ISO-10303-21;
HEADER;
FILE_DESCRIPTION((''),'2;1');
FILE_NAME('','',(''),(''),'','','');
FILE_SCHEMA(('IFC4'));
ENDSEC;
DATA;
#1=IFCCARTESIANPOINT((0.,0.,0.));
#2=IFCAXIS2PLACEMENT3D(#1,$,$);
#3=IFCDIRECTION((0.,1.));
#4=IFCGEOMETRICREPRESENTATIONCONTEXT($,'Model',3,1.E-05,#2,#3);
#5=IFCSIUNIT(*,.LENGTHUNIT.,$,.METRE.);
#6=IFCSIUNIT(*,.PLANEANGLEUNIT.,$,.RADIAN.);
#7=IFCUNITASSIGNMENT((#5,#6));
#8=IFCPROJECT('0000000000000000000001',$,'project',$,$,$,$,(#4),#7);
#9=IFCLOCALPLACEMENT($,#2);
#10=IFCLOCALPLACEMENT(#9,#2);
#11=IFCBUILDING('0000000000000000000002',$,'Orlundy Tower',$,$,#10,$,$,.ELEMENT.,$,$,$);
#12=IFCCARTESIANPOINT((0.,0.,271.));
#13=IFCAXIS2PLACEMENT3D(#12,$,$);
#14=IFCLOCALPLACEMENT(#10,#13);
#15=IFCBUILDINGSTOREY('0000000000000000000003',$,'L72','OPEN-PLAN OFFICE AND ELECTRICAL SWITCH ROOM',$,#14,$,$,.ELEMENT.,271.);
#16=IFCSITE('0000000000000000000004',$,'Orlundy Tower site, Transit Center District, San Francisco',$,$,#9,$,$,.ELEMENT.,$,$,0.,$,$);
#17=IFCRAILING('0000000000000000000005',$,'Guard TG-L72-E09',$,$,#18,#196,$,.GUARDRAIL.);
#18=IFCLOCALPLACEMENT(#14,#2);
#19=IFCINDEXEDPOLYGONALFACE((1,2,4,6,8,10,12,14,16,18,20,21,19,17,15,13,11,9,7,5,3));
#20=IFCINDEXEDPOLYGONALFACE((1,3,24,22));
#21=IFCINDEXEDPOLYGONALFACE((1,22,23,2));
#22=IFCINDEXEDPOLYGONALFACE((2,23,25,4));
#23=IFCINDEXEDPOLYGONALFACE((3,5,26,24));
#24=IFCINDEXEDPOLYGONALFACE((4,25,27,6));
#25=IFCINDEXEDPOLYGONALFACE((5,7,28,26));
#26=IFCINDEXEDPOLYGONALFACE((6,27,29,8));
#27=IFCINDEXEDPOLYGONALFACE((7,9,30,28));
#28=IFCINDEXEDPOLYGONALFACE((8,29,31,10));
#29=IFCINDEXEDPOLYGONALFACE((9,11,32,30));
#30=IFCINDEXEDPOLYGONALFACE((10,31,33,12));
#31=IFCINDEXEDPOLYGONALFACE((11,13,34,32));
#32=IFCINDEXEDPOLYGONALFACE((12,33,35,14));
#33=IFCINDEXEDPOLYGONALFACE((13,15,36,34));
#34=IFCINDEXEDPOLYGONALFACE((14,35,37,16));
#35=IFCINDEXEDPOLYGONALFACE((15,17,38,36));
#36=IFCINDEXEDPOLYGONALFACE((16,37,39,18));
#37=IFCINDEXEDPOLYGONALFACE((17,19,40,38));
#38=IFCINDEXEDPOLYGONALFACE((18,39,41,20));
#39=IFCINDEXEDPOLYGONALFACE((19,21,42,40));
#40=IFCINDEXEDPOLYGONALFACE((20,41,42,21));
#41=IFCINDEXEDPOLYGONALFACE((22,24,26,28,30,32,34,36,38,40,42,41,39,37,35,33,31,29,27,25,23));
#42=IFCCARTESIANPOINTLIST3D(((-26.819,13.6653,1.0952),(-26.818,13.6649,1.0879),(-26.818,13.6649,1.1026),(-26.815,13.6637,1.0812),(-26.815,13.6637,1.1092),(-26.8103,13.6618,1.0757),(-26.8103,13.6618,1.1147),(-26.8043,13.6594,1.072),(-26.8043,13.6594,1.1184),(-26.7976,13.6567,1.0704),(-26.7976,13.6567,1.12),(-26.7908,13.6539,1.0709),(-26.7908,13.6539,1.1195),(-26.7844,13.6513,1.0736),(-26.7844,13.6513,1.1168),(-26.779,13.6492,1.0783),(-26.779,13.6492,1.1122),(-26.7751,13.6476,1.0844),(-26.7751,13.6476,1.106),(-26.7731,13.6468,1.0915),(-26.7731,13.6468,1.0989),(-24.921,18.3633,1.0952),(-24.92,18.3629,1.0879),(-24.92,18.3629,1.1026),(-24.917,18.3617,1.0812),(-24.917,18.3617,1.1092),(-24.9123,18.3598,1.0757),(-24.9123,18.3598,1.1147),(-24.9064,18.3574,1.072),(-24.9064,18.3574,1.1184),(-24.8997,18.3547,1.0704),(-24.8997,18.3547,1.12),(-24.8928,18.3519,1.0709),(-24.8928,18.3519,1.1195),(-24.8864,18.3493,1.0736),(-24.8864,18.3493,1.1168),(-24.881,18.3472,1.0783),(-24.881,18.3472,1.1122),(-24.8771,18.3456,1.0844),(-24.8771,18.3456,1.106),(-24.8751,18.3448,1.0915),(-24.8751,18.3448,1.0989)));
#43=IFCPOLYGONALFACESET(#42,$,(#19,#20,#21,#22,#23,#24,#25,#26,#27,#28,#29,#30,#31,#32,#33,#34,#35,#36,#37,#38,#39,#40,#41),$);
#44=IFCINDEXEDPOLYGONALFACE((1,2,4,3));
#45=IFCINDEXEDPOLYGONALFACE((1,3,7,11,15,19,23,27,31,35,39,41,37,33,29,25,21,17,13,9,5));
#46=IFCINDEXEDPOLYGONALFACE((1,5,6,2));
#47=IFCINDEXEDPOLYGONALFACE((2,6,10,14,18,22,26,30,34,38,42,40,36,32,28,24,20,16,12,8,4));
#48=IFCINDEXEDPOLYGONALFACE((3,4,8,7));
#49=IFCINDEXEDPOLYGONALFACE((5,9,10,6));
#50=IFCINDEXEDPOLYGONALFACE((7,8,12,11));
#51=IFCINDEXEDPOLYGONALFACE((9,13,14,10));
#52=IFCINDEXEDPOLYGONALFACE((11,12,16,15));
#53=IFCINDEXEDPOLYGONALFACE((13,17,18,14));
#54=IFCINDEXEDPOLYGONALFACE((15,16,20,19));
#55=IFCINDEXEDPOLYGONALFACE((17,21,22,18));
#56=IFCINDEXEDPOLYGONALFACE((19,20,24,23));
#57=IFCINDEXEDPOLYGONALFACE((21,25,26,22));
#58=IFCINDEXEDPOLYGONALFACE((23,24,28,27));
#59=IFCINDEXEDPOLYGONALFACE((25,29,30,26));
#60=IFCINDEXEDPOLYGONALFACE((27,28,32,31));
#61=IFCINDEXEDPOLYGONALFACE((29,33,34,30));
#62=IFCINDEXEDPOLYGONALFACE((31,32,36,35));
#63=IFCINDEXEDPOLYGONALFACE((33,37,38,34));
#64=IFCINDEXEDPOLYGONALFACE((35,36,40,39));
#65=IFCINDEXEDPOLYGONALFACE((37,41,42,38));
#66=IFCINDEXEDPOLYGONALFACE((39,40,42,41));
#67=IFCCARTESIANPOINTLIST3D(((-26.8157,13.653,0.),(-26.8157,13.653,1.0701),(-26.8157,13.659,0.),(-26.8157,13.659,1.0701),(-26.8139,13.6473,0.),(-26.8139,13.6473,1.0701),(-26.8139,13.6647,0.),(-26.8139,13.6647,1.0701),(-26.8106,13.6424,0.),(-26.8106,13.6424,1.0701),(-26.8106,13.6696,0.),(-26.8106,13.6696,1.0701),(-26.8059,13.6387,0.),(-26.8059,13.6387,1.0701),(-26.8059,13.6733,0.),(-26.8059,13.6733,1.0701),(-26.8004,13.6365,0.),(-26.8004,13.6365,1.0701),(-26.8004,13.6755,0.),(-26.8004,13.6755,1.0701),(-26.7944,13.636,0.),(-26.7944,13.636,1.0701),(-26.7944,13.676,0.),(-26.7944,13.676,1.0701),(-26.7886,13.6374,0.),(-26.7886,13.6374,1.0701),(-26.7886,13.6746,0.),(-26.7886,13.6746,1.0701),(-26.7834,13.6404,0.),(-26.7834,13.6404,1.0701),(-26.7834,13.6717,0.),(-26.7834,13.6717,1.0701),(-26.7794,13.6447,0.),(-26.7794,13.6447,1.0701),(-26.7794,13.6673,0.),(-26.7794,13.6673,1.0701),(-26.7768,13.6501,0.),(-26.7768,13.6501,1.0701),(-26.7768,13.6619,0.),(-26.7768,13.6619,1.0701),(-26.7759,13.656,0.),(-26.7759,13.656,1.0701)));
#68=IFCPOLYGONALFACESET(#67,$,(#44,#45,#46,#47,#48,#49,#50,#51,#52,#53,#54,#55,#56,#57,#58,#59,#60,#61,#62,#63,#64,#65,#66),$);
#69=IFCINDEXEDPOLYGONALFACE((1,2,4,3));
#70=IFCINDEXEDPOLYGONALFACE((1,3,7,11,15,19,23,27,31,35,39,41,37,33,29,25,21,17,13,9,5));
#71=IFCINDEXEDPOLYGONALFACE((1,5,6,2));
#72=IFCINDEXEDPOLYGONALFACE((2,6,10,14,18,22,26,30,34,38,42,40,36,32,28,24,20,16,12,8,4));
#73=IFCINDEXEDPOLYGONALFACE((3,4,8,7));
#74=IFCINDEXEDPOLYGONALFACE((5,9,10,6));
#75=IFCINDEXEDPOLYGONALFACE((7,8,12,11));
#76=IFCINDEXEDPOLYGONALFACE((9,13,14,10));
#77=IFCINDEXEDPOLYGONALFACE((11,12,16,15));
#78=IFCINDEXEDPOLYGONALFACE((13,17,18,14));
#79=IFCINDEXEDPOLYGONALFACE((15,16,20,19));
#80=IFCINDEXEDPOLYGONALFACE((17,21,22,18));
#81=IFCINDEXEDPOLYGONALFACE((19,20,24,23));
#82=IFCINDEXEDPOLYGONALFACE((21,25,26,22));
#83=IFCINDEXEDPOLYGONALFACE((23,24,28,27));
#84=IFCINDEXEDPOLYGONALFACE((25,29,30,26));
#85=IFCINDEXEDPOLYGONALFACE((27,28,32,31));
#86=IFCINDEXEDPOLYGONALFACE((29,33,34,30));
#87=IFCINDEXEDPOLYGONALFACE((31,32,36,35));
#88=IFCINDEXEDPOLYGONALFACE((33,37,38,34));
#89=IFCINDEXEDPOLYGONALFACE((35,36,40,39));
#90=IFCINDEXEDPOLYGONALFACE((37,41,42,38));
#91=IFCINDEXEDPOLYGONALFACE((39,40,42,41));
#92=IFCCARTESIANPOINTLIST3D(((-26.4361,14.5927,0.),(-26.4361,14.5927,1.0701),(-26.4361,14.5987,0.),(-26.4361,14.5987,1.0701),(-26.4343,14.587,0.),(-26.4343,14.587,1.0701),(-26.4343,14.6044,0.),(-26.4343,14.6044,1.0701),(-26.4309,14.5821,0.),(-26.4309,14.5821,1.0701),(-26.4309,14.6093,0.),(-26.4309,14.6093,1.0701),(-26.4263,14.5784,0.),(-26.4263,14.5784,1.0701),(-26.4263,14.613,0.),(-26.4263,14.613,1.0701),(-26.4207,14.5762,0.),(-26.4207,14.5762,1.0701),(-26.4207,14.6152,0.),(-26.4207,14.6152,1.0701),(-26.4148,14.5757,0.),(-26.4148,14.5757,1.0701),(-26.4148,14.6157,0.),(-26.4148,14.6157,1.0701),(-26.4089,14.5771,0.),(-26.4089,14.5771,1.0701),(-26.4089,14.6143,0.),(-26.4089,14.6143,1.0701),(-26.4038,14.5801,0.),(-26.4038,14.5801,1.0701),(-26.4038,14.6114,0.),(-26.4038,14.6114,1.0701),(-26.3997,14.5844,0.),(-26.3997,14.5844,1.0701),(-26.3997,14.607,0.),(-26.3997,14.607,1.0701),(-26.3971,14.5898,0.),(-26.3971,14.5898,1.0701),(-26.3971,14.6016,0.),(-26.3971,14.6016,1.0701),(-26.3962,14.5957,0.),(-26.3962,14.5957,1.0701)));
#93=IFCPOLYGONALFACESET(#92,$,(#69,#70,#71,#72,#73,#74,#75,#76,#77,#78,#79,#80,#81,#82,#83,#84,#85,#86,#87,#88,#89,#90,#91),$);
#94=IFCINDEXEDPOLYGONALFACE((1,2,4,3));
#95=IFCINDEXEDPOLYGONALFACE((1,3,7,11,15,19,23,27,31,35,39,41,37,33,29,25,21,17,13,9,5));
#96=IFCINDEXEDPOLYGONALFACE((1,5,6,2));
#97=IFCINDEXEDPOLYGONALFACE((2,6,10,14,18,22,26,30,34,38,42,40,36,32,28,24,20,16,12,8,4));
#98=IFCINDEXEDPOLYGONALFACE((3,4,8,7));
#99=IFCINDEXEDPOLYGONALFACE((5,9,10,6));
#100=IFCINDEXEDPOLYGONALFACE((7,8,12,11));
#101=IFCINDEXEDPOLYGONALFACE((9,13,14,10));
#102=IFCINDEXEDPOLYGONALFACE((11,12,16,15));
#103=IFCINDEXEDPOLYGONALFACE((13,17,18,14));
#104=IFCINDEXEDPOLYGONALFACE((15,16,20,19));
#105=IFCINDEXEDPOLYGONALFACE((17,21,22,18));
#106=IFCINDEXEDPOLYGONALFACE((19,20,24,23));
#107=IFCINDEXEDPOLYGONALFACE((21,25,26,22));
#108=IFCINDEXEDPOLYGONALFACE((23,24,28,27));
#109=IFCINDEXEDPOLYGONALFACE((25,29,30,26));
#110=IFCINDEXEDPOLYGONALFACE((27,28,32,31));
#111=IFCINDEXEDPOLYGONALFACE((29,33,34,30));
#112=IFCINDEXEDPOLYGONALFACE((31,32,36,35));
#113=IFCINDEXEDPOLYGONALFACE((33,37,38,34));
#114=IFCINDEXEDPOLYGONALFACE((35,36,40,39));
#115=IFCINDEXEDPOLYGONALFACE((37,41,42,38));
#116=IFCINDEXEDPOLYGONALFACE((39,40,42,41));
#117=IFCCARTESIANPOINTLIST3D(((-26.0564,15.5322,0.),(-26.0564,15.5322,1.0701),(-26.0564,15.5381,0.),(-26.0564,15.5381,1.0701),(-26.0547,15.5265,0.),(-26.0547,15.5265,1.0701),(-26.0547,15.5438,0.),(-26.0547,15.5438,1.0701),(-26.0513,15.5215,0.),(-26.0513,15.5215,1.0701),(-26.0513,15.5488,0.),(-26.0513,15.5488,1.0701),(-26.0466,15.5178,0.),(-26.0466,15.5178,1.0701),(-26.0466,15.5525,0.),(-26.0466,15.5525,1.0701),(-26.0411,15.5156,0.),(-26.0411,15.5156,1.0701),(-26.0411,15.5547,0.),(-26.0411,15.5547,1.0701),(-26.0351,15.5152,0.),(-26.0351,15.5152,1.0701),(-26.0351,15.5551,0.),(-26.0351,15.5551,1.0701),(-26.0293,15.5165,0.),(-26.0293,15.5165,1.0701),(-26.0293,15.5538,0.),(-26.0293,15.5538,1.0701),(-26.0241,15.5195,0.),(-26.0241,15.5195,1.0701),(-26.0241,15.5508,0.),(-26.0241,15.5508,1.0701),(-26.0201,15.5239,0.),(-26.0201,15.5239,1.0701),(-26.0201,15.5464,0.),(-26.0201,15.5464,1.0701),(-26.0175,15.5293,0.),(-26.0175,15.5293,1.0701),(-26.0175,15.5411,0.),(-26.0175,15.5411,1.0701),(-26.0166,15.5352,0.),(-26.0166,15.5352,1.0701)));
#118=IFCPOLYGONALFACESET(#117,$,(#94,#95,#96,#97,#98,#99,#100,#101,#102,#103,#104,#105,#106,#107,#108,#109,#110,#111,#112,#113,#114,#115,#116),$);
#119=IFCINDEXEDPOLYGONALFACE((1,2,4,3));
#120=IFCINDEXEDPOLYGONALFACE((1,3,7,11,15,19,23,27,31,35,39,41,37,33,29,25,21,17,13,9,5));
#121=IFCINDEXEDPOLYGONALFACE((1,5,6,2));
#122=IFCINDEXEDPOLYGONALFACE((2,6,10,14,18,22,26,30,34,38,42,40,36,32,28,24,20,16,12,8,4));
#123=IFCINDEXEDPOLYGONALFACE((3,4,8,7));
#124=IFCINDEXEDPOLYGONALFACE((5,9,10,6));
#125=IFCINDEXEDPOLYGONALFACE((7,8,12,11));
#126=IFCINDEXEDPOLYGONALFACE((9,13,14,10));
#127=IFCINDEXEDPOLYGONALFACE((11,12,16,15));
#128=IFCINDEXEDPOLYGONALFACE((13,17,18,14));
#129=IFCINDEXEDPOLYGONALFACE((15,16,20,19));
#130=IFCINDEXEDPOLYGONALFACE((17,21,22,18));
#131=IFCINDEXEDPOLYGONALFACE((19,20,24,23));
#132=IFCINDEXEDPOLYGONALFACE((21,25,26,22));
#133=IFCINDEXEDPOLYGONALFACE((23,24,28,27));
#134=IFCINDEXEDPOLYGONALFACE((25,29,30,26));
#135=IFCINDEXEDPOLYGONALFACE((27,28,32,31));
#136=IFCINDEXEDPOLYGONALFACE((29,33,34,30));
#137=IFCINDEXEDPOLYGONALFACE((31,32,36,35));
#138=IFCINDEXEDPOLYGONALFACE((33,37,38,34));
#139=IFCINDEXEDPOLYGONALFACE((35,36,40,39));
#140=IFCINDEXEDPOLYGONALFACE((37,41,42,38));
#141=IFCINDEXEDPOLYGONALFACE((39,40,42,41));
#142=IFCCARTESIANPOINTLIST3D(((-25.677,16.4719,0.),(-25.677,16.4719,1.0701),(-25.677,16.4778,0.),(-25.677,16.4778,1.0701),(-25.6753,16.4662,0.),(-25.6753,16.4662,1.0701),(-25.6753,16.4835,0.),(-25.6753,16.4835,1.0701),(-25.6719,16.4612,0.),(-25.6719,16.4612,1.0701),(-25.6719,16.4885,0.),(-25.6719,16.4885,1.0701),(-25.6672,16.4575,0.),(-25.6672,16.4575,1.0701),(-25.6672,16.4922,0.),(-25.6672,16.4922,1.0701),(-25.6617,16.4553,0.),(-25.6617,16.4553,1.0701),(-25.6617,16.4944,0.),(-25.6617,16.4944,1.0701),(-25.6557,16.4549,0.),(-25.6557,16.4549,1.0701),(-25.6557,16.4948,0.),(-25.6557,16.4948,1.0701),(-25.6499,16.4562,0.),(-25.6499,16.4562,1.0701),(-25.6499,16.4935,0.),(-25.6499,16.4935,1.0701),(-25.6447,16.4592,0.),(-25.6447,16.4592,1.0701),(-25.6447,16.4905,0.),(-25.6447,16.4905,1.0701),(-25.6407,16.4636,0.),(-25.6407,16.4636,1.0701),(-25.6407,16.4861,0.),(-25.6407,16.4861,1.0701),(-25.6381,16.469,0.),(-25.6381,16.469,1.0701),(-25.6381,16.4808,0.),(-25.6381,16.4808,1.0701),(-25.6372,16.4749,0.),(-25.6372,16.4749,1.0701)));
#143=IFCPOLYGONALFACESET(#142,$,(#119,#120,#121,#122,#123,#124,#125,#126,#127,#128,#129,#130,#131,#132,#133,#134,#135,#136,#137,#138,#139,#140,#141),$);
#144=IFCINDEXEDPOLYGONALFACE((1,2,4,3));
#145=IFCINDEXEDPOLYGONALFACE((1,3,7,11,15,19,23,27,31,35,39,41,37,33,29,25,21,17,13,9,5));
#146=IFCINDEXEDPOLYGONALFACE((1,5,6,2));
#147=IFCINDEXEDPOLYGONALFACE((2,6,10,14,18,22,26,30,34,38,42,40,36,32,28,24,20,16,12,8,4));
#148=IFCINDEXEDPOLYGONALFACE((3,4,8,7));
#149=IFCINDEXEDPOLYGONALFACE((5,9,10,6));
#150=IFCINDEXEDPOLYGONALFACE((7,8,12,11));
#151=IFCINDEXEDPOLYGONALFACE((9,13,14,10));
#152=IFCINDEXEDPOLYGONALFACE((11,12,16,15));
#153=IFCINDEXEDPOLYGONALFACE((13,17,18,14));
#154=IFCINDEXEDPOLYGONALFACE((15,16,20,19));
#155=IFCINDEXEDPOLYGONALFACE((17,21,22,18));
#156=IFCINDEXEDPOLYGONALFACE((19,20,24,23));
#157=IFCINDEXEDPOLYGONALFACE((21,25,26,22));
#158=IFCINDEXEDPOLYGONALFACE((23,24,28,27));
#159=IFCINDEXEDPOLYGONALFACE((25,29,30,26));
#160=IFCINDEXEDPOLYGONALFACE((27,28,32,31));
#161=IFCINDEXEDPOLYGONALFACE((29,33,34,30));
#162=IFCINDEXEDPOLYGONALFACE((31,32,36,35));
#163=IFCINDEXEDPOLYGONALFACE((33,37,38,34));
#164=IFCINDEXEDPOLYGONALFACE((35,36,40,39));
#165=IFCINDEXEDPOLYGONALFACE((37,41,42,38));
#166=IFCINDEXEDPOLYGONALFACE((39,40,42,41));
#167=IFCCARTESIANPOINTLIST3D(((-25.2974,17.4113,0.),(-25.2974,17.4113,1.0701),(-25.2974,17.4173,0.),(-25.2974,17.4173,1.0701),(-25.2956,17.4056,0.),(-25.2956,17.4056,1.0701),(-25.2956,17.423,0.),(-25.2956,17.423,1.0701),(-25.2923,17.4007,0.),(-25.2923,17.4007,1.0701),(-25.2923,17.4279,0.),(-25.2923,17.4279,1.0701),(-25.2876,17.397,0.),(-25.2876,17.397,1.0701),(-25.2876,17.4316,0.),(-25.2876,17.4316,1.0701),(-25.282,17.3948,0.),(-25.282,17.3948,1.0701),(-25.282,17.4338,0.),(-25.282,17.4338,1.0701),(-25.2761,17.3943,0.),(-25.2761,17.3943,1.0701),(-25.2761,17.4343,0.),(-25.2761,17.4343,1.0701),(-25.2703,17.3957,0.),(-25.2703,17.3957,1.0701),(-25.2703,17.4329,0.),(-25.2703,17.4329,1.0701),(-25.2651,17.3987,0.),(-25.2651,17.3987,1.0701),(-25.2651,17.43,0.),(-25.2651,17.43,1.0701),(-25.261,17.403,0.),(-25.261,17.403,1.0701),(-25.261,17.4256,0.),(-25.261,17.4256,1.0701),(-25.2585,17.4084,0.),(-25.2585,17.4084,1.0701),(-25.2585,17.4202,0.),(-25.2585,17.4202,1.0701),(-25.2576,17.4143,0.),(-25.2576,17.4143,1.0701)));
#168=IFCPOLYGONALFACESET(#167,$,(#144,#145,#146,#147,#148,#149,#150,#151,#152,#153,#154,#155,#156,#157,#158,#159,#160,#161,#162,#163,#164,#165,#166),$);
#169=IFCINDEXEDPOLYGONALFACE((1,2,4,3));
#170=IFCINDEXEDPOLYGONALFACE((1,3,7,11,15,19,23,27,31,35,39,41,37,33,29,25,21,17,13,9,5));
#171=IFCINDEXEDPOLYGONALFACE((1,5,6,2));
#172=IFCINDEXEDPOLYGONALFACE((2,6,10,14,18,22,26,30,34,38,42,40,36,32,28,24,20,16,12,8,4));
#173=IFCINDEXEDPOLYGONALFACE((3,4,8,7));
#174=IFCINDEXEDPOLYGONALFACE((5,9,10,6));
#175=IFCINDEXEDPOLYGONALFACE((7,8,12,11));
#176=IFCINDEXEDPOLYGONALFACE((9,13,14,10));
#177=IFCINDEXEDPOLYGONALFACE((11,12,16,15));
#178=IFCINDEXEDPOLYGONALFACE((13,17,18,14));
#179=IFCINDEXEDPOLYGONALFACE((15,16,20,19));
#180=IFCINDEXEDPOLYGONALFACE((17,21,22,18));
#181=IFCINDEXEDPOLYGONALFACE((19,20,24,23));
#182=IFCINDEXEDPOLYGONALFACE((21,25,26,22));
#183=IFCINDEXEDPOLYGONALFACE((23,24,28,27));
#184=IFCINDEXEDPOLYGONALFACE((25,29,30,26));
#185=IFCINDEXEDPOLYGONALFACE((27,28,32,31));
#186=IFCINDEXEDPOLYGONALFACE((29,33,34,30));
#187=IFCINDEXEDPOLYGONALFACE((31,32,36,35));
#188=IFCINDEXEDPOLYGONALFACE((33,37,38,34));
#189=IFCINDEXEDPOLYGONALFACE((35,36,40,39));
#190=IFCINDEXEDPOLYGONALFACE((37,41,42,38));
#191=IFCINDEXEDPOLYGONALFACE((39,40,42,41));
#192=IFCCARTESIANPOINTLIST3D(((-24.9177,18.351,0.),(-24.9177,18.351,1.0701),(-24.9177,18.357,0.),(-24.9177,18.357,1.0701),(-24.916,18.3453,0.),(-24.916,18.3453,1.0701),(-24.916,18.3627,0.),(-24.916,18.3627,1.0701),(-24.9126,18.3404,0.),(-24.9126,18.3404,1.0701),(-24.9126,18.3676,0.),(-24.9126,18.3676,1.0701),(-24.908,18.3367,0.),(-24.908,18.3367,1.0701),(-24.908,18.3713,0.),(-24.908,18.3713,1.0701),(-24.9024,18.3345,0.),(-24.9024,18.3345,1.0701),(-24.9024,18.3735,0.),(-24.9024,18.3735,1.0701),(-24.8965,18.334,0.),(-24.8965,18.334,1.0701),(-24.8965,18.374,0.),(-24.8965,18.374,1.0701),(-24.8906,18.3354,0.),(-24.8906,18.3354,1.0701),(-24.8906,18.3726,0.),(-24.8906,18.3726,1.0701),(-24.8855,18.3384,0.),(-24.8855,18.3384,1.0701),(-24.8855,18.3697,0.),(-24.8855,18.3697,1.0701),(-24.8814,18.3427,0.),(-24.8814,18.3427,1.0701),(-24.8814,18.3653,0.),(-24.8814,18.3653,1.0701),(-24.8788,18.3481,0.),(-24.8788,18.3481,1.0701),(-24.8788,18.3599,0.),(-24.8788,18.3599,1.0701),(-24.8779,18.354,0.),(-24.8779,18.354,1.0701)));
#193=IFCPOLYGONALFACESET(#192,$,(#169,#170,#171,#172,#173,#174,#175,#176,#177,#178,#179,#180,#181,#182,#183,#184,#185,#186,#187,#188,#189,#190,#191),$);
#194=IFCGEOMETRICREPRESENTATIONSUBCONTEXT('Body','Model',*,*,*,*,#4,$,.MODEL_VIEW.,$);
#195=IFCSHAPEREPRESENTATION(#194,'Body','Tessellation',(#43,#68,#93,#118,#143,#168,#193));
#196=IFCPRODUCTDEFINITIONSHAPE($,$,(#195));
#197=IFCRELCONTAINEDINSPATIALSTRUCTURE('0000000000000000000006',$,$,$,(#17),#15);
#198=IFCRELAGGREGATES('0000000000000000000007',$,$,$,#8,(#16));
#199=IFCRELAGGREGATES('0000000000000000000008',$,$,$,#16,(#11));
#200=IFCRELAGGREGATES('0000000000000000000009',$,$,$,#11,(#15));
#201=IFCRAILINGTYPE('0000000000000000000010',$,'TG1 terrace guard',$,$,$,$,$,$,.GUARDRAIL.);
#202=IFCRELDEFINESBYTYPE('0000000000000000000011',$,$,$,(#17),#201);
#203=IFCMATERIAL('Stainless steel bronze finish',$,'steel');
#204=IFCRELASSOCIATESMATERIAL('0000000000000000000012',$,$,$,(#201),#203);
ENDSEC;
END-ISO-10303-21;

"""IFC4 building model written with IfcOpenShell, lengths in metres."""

from ifc_helpers import new_model, si_unit, direction, frame, origin, origin_2d, place, context, subcontext, project, spatial, circle, extrude, material, type_object, element, save


model = new_model("IFC4")

# Units and contexts
model_context = context("Model", 3, precision=1e-05, world=origin(), true_north=direction((0.0, 1.0)))
body_context = subcontext(model_context, "Body", "Model", "MODEL_VIEW")
ifc_project = project(units=[si_unit("LENGTHUNIT", "METRE"), si_unit("PLANEANGLEUNIT", "RADIAN")], contexts=[model_context])

# Site, building, storey
site_placement = place(None, origin())
site = spatial("IfcSite", under=ifc_project, at=site_placement, Name="Orlundy Tower site, Transit Center District, San Francisco", CompositionType="ELEMENT", RefElevation=0.0)
building_placement = place(site_placement, origin())
building = spatial("IfcBuilding", under=site, at=building_placement, Name="Orlundy Tower", CompositionType="ELEMENT")
storey_placement = place(building_placement, frame((0.0, 0.0, 271.0)))
storey = spatial("IfcBuildingStorey", under=building, at=storey_placement, Name="L72", Description="OPEN-PLAN OFFICE AND ELECTRICAL SWITCH ROOM", CompositionType="ELEMENT", Elevation=271.0)

# Railing
ifc_material_1 = material(Name="Stainless steel bronze finish", Category="steel")
railing_type_1 = type_object("IfcRailingType", Name="TG1 terrace guard", PredefinedType="GUARDRAIL", material=ifc_material_1)
railing_1_placement = place(storey_placement, frame((-26.7959, 13.656, 0.0)))
element("IfcRailing", 1, at=railing_1_placement, inside=storey, type_object=railing_type_1, Name="Guard TG-L72-E09", PredefinedType="GUARDRAIL", context=body_context, shape_type="SweptSolid", body=[
    extrude(circle(Radius=0.0249, at=origin_2d()), frame((0.0, 0.0, 1.0952), z_axis=(0.374579, 0.927195, 0.0), x_axis=(-0.927195, 0.374579, 0.0)), (0.0, 0.0, 1.0), 5.0669),
    extrude(circle(Radius=0.02, at=origin_2d()), origin(), (0.0, 0.0, 1.0), 1.0701),
    extrude(circle(Radius=0.02, at=origin_2d()), frame((0.3796, 0.9397, 0.0)), (0.0, 0.0, 1.0), 1.0701),
    extrude(circle(Radius=0.02, at=origin_2d()), frame((0.7593, 1.8792, 0.0)), (0.0, 0.0, 1.0), 1.0701),
    extrude(circle(Radius=0.02, at=origin_2d()), frame((1.1387, 2.8188, 0.0)), (0.0, 0.0, 1.0), 1.0701),
    extrude(circle(Radius=0.02, at=origin_2d()), frame((1.5183, 3.7583, 0.0)), (0.0, 0.0, 1.0), 1.0701),
    extrude(circle(Radius=0.02, at=origin_2d()), frame((1.8979, 4.698, 0.0)), (0.0, 0.0, 1.0), 1.0701),
])

save(model, "model.ifc")
